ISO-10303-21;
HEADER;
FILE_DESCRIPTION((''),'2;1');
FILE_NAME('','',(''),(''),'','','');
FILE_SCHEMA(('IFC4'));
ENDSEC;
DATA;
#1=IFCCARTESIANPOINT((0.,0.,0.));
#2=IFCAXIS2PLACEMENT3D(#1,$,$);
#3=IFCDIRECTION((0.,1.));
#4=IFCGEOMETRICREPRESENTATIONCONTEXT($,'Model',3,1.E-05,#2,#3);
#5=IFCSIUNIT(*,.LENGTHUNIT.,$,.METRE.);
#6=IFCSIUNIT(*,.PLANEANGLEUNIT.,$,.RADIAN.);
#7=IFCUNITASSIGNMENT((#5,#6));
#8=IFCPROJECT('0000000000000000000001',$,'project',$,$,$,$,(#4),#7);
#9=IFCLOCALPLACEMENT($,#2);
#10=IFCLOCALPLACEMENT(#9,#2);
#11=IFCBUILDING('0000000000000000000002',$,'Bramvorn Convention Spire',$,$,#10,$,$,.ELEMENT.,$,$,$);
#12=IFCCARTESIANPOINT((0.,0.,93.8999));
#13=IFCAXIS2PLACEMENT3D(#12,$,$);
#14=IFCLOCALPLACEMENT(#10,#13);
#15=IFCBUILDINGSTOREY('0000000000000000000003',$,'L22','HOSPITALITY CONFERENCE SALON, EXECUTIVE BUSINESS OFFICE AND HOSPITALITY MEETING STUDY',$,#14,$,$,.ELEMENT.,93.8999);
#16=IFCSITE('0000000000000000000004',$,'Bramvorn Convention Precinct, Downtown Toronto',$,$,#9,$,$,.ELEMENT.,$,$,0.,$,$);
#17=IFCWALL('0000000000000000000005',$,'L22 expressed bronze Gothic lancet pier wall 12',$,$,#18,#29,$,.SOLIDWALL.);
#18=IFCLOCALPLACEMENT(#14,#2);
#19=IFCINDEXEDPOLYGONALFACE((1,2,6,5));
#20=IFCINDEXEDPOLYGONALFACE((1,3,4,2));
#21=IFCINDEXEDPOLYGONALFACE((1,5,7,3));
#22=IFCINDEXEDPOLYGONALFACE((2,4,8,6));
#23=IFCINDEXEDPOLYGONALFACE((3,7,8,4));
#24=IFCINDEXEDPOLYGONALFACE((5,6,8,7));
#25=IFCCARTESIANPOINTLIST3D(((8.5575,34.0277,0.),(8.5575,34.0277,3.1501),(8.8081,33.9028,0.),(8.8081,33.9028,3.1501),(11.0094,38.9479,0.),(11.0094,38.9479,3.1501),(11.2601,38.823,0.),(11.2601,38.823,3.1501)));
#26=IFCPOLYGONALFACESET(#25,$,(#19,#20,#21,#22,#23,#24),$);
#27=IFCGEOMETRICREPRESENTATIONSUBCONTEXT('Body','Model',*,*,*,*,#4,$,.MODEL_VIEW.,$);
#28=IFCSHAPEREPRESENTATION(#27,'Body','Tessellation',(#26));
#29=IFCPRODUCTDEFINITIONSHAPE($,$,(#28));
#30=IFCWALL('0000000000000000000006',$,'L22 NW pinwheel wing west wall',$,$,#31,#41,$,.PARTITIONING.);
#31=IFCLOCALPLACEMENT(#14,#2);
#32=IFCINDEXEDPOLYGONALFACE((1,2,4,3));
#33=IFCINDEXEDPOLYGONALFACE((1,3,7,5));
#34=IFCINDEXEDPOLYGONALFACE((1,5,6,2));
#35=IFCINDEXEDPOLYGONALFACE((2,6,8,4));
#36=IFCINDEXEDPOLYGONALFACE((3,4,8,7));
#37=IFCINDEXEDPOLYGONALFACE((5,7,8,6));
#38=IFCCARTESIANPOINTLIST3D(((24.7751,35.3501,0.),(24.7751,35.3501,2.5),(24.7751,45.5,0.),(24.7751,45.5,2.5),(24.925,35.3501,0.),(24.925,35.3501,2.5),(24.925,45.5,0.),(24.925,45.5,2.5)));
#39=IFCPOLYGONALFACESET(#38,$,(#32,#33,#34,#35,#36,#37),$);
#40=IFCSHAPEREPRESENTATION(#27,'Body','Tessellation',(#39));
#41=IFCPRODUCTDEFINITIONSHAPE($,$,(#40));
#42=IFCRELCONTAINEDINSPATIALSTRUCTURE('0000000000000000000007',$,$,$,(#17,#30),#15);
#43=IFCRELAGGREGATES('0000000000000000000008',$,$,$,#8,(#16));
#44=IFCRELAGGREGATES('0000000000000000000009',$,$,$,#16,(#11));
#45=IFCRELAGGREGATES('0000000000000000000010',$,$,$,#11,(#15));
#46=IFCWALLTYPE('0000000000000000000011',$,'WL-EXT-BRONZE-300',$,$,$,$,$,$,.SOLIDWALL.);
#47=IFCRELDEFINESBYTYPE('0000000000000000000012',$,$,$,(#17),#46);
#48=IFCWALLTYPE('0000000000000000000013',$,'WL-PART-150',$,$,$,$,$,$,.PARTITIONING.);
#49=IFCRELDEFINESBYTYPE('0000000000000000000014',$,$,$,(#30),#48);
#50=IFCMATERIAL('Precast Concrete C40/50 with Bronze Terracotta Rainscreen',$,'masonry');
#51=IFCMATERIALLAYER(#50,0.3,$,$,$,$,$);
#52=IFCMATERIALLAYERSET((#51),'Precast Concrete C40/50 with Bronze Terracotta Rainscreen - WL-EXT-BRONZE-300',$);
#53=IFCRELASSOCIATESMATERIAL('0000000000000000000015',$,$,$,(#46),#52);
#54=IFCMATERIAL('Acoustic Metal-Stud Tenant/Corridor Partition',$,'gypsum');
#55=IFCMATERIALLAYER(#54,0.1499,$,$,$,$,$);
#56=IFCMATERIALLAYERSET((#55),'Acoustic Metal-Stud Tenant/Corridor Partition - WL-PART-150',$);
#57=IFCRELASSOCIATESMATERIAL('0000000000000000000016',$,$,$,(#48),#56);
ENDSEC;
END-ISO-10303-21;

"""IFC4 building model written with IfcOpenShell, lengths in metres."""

from ifc_helpers import new_model, si_unit, direction, frame, frame_2d, origin, place, context, subcontext, project, spatial, rectangle, extrude, material, layer, layer_set, type_object, element, save


model = new_model("IFC4")

# Units and contexts
model_context = context("Model", 3, precision=1e-05, world=origin(), true_north=direction((0.0, 1.0)))
body_context = subcontext(model_context, "Body", "Model", "MODEL_VIEW")
ifc_project = project(units=[si_unit("LENGTHUNIT", "METRE"), si_unit("PLANEANGLEUNIT", "RADIAN")], contexts=[model_context])

# Site, building, storey
site_placement = place(None, origin())
site = spatial("IfcSite", under=ifc_project, at=site_placement, Name="Bramvorn Convention Precinct, Downtown Toronto", CompositionType="ELEMENT", RefElevation=0.0)
building_placement = place(site_placement, origin())
building = spatial("IfcBuilding", under=site, at=building_placement, Name="Bramvorn Convention Spire", CompositionType="ELEMENT")
storey_placement = place(building_placement, frame((0.0, 0.0, 93.8999)))
storey = spatial("IfcBuildingStorey", under=building, at=storey_placement, Name="L22", Description="HOSPITALITY CONFERENCE SALON, EXECUTIVE BUSINESS OFFICE AND HOSPITALITY MEETING STUDY", CompositionType="ELEMENT", Elevation=93.8999)

# Shared definitions
ifc_material_1 = material(Name="Precast Concrete C40/50 with Bronze Terracotta Rainscreen", Category="masonry")
ifc_layer_1 = layer(ifc_material_1, 0.3)
ifc_layer_set_1 = layer_set([ifc_layer_1], Name="Precast Concrete C40/50 with Bronze Terracotta Rainscreen - WL-EXT-BRONZE-300")
wall_type_1 = type_object("IfcWallType", Name="WL-EXT-BRONZE-300", PredefinedType="SOLIDWALL", material=ifc_layer_set_1)

# Walls
wall_1_placement = place(storey_placement, frame((8.6829, 33.9653, 0.0), z_axis=(0.0, 0.0, 1.0), x_axis=(0.446023, 0.895022, 0.0)))
element("IfcWall", 1, at=wall_1_placement, inside=storey, type_object=wall_type_1, Name="L22 expressed bronze Gothic lancet pier wall 12", PredefinedType="SOLIDWALL", context=body_context, shape_type="SweptSolid", body=[
    extrude(rectangle(XDim=5.4973, YDim=0.28, at=frame_2d((2.7485, 0.0))), origin(), (0.0, 0.0, 1.0), 3.1501),
])
ifc_material_2 = material(Name="Acoustic Metal-Stud Tenant/Corridor Partition", Category="gypsum")
ifc_layer_2 = layer(ifc_material_2, 0.1499)
ifc_layer_set_2 = layer_set([ifc_layer_2], Name="Acoustic Metal-Stud Tenant/Corridor Partition - WL-PART-150")
wall_type_2 = type_object("IfcWallType", Name="WL-PART-150", PredefinedType="PARTITIONING", material=ifc_layer_set_2)
wall_2_placement = place(storey_placement, frame((24.8501, 35.3501, 0.0), z_axis=(0.0, 0.0, 1.0), x_axis=(0.0, 1.0, 0.0)))
element("IfcWall", 2, at=wall_2_placement, inside=storey, type_object=wall_type_2, Name="L22 NW pinwheel wing west wall", PredefinedType="PARTITIONING", context=body_context, shape_type="SweptSolid", body=[
    extrude(rectangle(XDim=10.1499, YDim=0.1499, at=frame_2d((5.075, 0.0))), origin(), (0.0, 0.0, 1.0), 2.5),
])

save(model, "model.ifc")
